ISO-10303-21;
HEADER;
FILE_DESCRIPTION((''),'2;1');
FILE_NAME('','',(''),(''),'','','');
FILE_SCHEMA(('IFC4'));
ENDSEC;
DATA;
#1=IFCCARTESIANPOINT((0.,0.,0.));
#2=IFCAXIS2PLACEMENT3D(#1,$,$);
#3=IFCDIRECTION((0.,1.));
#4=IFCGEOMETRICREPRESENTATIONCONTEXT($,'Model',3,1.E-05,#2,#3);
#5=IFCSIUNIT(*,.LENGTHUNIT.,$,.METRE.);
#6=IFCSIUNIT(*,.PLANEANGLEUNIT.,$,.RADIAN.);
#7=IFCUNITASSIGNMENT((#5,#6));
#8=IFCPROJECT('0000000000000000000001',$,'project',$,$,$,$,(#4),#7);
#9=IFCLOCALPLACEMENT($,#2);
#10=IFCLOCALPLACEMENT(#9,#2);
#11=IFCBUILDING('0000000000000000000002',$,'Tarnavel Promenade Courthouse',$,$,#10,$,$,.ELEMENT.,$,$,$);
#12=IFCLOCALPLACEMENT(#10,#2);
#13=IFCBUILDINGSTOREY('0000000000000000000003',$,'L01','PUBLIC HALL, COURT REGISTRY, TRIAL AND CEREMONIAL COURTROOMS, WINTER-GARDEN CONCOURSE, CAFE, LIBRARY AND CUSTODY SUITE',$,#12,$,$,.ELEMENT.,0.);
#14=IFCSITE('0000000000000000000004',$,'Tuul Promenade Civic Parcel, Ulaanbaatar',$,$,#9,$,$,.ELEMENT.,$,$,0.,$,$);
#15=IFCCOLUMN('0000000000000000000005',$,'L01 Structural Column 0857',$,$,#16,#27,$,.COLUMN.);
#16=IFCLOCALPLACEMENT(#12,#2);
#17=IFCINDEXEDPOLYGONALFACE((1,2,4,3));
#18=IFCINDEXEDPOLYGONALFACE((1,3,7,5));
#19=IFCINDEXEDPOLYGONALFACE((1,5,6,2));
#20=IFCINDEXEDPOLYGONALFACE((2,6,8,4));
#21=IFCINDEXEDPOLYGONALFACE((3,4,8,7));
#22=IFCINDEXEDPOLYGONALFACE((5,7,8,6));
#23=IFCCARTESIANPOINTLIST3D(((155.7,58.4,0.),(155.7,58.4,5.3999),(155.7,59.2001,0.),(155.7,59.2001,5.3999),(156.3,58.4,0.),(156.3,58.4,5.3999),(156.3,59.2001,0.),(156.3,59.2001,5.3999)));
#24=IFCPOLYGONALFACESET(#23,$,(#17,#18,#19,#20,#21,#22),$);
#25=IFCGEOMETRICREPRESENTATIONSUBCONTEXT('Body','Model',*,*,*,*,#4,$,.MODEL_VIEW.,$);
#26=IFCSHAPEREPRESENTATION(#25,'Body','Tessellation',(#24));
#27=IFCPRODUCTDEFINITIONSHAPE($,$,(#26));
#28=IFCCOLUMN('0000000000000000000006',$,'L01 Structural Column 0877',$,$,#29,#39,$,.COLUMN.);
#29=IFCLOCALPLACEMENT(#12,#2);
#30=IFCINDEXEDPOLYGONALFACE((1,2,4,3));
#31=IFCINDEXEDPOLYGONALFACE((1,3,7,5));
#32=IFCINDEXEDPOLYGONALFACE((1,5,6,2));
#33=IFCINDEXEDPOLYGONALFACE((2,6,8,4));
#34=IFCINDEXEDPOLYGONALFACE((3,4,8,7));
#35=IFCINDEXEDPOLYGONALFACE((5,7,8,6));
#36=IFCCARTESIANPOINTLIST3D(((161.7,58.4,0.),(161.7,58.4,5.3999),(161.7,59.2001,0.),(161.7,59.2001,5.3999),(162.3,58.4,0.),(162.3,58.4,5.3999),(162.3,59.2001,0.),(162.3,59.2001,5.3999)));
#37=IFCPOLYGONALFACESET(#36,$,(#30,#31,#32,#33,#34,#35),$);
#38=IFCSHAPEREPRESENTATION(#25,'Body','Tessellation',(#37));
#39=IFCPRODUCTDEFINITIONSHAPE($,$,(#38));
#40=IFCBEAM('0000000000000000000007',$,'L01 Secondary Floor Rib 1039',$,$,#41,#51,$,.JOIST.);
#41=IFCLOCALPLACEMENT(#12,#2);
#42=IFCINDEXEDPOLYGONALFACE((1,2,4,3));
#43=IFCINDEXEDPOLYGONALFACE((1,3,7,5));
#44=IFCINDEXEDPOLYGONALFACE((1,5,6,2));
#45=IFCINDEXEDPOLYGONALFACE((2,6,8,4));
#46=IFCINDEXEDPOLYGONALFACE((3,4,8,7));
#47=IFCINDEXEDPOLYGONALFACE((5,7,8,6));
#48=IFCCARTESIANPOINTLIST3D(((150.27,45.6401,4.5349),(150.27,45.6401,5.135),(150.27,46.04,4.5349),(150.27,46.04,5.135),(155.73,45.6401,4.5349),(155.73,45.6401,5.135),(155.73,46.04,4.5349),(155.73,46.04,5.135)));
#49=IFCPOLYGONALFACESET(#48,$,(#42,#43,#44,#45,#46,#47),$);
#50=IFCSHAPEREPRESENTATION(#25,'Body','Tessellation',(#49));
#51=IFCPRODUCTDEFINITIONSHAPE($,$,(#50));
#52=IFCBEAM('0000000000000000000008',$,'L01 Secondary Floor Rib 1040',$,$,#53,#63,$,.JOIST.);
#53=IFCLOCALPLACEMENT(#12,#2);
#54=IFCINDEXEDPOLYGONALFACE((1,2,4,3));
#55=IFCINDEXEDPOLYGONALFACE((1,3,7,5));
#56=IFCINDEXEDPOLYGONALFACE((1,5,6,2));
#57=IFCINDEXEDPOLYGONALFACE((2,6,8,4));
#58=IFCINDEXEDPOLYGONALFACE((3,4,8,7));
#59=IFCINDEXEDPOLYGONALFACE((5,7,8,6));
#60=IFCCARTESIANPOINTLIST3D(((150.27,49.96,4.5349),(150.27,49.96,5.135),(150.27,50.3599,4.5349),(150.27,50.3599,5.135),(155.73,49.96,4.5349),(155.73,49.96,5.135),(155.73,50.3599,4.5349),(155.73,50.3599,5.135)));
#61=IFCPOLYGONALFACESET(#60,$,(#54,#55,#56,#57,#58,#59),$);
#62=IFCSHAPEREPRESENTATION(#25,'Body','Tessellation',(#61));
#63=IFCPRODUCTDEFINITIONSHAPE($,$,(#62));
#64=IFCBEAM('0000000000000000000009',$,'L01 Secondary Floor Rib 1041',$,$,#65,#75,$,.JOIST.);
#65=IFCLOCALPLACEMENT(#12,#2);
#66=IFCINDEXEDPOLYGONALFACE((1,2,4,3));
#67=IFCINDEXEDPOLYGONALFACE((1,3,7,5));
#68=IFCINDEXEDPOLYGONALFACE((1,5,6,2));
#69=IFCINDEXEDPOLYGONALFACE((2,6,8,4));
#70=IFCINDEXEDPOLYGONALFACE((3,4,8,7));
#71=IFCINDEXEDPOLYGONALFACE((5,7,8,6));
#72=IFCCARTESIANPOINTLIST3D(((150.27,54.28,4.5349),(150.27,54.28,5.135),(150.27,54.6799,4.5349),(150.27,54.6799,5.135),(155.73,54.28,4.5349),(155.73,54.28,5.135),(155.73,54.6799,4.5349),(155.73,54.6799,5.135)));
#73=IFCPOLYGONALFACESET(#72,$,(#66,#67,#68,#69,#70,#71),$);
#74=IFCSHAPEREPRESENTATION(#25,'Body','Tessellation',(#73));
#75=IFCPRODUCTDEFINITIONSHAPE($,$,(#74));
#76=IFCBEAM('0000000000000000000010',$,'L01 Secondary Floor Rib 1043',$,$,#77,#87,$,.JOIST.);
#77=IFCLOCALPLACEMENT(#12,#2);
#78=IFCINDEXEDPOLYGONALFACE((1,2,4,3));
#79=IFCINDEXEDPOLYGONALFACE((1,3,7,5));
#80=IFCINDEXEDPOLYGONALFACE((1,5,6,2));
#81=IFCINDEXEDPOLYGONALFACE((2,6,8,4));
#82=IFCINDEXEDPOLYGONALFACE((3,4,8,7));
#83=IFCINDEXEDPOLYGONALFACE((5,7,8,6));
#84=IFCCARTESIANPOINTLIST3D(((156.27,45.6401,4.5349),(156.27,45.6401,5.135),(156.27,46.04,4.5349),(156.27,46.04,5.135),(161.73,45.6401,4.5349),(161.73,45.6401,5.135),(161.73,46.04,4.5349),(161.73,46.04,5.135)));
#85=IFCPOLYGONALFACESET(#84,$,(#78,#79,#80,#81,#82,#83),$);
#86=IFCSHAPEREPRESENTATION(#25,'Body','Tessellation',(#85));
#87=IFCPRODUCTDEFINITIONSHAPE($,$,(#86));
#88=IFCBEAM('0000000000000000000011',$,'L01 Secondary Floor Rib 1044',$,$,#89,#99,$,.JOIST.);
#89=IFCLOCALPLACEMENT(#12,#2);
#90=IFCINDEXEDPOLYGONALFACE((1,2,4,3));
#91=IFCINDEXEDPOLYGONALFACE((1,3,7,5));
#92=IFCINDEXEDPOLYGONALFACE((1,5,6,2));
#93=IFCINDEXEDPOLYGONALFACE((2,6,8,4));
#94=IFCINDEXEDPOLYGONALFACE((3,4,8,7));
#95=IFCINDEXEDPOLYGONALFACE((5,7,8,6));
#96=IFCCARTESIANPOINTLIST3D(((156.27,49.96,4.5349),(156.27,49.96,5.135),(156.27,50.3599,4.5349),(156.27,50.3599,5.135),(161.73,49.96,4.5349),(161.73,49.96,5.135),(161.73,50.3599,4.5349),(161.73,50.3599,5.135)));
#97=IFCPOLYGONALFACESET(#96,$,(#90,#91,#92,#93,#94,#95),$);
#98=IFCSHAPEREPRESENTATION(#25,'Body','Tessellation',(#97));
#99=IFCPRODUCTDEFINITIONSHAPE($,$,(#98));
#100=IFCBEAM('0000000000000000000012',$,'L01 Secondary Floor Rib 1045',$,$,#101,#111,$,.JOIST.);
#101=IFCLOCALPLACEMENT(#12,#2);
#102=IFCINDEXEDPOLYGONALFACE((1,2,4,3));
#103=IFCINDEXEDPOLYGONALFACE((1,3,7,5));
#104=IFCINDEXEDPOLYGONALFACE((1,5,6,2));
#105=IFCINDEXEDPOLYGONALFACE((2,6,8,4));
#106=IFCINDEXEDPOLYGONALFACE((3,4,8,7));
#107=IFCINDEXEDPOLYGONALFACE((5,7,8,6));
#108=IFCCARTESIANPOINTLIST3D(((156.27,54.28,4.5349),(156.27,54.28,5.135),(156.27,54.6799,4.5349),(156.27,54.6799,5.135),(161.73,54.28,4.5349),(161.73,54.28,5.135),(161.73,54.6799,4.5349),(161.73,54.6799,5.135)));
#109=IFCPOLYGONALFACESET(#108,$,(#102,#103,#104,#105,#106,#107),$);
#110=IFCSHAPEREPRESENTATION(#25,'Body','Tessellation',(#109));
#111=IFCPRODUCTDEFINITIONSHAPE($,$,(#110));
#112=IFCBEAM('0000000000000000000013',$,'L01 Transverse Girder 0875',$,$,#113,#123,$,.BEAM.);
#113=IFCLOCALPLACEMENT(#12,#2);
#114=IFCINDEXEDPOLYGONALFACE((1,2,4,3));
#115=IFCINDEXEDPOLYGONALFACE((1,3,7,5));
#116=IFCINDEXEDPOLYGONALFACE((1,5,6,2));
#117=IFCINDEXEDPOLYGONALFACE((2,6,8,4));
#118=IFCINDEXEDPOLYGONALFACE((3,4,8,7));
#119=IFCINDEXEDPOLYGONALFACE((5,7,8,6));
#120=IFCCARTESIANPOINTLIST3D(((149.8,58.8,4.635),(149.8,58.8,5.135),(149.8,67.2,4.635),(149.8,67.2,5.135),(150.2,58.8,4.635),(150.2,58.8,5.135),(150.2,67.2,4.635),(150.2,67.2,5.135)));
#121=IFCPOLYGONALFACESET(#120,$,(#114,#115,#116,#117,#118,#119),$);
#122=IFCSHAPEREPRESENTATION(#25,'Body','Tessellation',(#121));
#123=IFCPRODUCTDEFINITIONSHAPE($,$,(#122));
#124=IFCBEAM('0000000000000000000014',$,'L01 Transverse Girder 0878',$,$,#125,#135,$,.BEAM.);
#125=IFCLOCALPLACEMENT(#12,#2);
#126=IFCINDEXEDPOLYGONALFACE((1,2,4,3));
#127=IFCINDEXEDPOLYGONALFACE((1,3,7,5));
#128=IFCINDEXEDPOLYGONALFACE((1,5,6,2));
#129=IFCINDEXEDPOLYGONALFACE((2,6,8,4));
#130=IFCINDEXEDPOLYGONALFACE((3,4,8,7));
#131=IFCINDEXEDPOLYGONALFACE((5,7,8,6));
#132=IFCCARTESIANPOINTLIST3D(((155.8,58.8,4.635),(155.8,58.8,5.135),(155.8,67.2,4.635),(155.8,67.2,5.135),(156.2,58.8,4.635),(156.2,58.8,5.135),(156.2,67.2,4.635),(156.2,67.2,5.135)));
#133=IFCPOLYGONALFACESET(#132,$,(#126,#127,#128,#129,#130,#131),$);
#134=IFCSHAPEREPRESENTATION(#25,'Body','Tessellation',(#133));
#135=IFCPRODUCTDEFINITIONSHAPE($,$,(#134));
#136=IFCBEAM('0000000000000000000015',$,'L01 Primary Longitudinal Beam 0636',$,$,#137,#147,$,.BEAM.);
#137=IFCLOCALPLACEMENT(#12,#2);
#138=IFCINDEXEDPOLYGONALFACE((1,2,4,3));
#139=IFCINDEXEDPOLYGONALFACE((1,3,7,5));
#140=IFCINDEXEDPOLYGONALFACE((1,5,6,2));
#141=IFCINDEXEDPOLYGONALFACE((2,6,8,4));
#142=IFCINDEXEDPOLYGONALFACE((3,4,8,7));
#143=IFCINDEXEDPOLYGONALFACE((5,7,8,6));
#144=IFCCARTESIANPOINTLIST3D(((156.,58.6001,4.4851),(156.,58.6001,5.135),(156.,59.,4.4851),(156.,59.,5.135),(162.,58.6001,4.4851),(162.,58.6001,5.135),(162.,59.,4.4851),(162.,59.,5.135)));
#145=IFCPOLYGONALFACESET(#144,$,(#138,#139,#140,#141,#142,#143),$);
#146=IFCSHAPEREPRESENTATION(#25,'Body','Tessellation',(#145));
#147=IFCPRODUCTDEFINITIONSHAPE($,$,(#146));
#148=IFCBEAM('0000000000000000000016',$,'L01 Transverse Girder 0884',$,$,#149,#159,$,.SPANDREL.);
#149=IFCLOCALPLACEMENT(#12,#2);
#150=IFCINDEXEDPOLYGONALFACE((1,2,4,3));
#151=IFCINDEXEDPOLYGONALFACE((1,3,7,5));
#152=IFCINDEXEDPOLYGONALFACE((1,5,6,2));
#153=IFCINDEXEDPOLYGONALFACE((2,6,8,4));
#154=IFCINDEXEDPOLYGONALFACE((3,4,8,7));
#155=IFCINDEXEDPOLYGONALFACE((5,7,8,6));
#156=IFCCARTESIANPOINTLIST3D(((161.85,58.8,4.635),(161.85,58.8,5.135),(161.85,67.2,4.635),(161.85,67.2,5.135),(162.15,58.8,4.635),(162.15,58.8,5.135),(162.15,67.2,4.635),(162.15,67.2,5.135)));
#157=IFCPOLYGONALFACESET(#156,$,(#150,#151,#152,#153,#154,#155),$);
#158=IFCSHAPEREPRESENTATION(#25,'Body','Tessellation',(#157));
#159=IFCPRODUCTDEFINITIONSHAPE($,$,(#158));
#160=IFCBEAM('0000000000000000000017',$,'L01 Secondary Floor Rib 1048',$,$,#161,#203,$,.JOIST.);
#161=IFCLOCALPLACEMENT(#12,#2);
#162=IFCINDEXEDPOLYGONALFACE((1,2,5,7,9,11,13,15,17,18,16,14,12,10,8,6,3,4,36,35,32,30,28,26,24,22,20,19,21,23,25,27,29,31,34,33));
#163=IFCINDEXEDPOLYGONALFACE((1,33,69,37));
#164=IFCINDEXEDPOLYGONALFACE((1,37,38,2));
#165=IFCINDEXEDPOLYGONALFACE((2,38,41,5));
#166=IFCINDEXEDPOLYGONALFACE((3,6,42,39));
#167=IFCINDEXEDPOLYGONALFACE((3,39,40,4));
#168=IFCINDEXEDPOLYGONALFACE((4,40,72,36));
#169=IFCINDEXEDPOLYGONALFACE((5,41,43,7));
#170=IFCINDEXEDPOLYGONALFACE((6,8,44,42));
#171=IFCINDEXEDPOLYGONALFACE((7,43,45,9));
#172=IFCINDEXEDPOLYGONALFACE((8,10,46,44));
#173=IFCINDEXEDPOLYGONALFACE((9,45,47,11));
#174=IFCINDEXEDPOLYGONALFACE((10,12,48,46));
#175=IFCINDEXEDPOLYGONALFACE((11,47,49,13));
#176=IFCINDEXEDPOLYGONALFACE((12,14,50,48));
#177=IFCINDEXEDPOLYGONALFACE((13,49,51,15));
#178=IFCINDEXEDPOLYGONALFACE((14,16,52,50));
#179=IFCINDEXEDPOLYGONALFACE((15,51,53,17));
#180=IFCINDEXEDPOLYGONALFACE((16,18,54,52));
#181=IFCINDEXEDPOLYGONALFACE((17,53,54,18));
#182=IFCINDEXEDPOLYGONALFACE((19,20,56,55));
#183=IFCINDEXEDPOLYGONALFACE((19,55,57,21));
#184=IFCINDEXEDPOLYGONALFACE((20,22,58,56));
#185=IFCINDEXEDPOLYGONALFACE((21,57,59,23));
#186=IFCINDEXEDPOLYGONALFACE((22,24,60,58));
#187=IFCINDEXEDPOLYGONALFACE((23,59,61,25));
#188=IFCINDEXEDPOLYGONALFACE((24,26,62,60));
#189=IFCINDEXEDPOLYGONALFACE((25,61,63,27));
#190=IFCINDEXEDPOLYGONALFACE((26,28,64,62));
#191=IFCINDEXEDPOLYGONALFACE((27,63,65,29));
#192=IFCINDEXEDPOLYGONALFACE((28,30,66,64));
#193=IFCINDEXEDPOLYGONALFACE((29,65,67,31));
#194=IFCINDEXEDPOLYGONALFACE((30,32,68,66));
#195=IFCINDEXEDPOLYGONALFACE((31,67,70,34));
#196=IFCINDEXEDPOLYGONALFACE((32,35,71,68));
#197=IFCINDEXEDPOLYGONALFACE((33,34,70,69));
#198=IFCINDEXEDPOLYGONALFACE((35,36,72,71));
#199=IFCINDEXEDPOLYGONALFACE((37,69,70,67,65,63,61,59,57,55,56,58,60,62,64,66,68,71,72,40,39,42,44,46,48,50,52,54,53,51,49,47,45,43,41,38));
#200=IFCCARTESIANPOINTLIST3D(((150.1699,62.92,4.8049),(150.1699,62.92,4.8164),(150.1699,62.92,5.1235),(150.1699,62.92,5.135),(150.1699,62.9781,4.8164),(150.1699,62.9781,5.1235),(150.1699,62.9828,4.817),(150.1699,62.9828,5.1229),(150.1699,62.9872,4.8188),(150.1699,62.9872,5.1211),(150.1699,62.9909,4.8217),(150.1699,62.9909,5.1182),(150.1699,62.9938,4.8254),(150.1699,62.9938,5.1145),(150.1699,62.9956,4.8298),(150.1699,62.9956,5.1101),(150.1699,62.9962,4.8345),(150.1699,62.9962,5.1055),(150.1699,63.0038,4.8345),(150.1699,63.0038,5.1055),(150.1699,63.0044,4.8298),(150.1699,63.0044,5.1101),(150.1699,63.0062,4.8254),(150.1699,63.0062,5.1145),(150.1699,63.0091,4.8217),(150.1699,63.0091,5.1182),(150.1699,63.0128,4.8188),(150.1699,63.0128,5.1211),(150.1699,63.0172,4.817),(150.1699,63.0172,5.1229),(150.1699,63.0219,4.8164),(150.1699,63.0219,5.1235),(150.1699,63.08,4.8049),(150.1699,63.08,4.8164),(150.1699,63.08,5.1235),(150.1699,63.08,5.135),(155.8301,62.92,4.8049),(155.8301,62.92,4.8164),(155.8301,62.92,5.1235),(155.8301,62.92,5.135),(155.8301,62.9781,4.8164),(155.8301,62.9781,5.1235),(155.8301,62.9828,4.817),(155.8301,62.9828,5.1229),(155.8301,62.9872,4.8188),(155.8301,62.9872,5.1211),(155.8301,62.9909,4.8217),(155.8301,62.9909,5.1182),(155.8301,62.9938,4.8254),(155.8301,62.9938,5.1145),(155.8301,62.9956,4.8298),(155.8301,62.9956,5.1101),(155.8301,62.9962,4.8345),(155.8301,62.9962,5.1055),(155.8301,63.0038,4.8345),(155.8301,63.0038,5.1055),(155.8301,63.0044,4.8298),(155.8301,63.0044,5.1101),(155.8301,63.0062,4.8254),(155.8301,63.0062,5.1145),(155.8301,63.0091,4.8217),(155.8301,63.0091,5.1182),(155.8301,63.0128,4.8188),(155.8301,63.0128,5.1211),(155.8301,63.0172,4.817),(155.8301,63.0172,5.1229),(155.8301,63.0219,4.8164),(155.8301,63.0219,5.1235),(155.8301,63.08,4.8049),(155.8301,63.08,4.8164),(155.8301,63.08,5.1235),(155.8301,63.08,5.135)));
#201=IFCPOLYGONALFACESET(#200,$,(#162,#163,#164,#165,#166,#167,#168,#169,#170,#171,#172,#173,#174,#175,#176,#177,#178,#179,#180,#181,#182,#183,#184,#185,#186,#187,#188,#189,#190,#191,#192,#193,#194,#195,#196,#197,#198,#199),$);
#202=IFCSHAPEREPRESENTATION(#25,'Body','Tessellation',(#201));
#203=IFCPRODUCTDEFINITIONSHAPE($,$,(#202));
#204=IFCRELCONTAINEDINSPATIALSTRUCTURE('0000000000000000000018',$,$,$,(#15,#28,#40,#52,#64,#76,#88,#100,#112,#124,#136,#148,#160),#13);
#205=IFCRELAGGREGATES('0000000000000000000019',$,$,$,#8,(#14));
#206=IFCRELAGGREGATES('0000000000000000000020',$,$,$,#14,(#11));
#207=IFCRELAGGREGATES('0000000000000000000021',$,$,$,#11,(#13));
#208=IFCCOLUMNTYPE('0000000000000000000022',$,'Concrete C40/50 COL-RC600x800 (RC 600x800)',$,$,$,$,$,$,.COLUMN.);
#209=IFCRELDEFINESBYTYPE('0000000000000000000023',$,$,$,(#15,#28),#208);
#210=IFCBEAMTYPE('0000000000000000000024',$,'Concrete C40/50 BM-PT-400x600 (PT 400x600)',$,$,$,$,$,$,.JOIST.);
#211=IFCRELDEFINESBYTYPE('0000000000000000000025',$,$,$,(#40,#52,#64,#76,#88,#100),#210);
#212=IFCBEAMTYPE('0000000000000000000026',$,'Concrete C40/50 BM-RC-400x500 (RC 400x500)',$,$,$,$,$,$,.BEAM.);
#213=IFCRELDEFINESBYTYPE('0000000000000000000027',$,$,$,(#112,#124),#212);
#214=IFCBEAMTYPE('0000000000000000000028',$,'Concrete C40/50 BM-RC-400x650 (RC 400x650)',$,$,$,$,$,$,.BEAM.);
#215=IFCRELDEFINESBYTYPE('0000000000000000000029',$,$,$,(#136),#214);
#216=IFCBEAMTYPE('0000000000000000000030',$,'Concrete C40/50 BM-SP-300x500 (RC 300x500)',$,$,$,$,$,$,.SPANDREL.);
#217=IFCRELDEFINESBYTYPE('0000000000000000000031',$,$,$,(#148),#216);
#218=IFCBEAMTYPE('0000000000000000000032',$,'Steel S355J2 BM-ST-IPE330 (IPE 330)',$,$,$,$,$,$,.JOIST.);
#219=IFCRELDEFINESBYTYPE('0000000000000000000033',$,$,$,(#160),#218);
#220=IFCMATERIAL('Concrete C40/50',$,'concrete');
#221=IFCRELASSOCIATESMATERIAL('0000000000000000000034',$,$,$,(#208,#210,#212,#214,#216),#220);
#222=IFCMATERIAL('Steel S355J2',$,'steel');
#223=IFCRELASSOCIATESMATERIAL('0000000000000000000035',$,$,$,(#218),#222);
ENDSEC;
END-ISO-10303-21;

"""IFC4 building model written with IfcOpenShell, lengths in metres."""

from ifc_helpers import new_model, si_unit, direction, frame, origin, origin_2d, place, context, subcontext, project, spatial, rectangle, i_section, extrude, material, material_profile, profile_set, type_object, element, save


model = new_model("IFC4")

# Units and contexts
model_context = context("Model", 3, precision=1e-05, world=origin(), true_north=direction((0.0, 1.0)))
body_context = subcontext(model_context, "Body", "Model", "MODEL_VIEW")
ifc_project = project(units=[si_unit("LENGTHUNIT", "METRE"), si_unit("PLANEANGLEUNIT", "RADIAN")], contexts=[model_context])

# Site, building, storey
site_placement = place(None, origin())
site = spatial("IfcSite", under=ifc_project, at=site_placement, Name="Tuul Promenade Civic Parcel, Ulaanbaatar", CompositionType="ELEMENT", RefElevation=0.0)
building_placement = place(site_placement, origin())
building = spatial("IfcBuilding", under=site, at=building_placement, Name="Tarnavel Promenade Courthouse", CompositionType="ELEMENT")
storey_placement = place(building_placement, origin())
storey = spatial("IfcBuildingStorey", under=building, at=storey_placement, Name="L01", Description="PUBLIC HALL, COURT REGISTRY, TRIAL AND CEREMONIAL COURTROOMS, WINTER-GARDEN CONCOURSE, CAFE, LIBRARY AND CUSTODY SUITE", CompositionType="ELEMENT", Elevation=0.0)

# Columns
ifc_material_1 = material(Name="Concrete C40/50", Category="concrete")
ifc_material_profile_1 = material_profile(ifc_material_1, rectangle(XDim=0.6001, YDim=0.8, at=origin_2d()), Name="RC 600x800")
ifc_profile_set_1 = profile_set([ifc_material_profile_1], Name="Concrete C40/50")
column_type = type_object("IfcColumnType", Name="Concrete C40/50 COL-RC600x800 (RC 600x800)", PredefinedType="COLUMN", material=ifc_profile_set_1)
for number, where, z_axis, x_axis, name in (
    (1, (156.0, 58.8, 0.0), (0.0, 0.0, 1.0), (1.0, 0.0, 0.0), "L01 Structural Column 0857"),
    (2, (162.0, 58.8, 0.0), (0.0, 0.0, 1.0), (1.0, 0.0, 0.0), "L01 Structural Column 0877"),
):
    element("IfcColumn", number, at=place(storey_placement, frame(where, z_axis=z_axis, x_axis=x_axis)), inside=storey, type_object=column_type, Name=name, PredefinedType="COLUMN", context=body_context, shape_type="SweptSolid", body=[
        extrude(rectangle(XDim=0.6001, YDim=0.8, at=origin_2d()), origin(), (0.0, 0.0, 1.0), 5.3999),
    ])

# Beams
ifc_material_profile_2 = material_profile(ifc_material_1, rectangle(XDim=0.3999, YDim=0.6001, at=origin_2d()), Name="PT 400x600")
ifc_profile_set_2 = profile_set([ifc_material_profile_2], Name="Concrete C40/50")
beam_type_1 = type_object("IfcBeamType", Name="Concrete C40/50 BM-PT-400x600 (PT 400x600)", PredefinedType="JOIST", material=ifc_profile_set_2)
for number, where, z_axis, x_axis, name in (
    (3, (150.27, 45.8401, 4.835), (1.0, 0.0, 0.0), (0.0, 1.0, 0.0), "L01 Secondary Floor Rib 1039"),
    (4, (150.27, 50.1599, 4.835), (1.0, 0.0, 0.0), (0.0, 1.0, 0.0), "L01 Secondary Floor Rib 1040"),
    (5, (150.27, 54.48, 4.835), (1.0, 0.0, 0.0), (0.0, 1.0, 0.0), "L01 Secondary Floor Rib 1041"),
    (6, (156.27, 45.8401, 4.835), (1.0, 0.0, 0.0), (0.0, 1.0, 0.0), "L01 Secondary Floor Rib 1043"),
    (7, (156.27, 50.1599, 4.835), (1.0, 0.0, 0.0), (0.0, 1.0, 0.0), "L01 Secondary Floor Rib 1044"),
    (8, (156.27, 54.48, 4.835), (1.0, 0.0, 0.0), (0.0, 1.0, 0.0), "L01 Secondary Floor Rib 1045"),
):
    element("IfcBeam", number, at=place(storey_placement, frame(where, z_axis=z_axis, x_axis=x_axis)), inside=storey, type_object=beam_type_1, Name=name, PredefinedType="JOIST", context=body_context, shape_type="SweptSolid", body=[
        extrude(rectangle(XDim=0.3999, YDim=0.6001, at=origin_2d()), origin(), (0.0, 0.0, 1.0), 5.46),
    ])
ifc_material_profile_3 = material_profile(ifc_material_1, rectangle(XDim=0.3999, YDim=0.5, at=origin_2d()), Name="RC 400x500")
ifc_profile_set_3 = profile_set([ifc_material_profile_3], Name="Concrete C40/50")
beam_type_2 = type_object("IfcBeamType", Name="Concrete C40/50 BM-RC-400x500 (RC 400x500)", PredefinedType="BEAM", material=ifc_profile_set_3)
for number, where, z_axis, x_axis, name in (
    (9, (150.0, 58.8, 4.885), (0.0, 1.0, 0.0), (-1.0, 0.0, 0.0), "L01 Transverse Girder 0875"),
    (10, (156.0, 58.8, 4.885), (0.0, 1.0, 0.0), (-1.0, 0.0, 0.0), "L01 Transverse Girder 0878"),
):
    element("IfcBeam", number, at=place(storey_placement, frame(where, z_axis=z_axis, x_axis=x_axis)), inside=storey, type_object=beam_type_2, Name=name, PredefinedType="BEAM", context=body_context, shape_type="SweptSolid", body=[
        extrude(rectangle(XDim=0.3999, YDim=0.5, at=origin_2d()), origin(), (0.0, 0.0, 1.0), 8.3999),
    ])
ifc_material_profile_4 = material_profile(ifc_material_1, rectangle(XDim=0.3999, YDim=0.6499, at=origin_2d()), Name="RC 400x650")
ifc_profile_set_4 = profile_set([ifc_material_profile_4], Name="Concrete C40/50")
beam_type_3 = type_object("IfcBeamType", Name="Concrete C40/50 BM-RC-400x650 (RC 400x650)", PredefinedType="BEAM", material=ifc_profile_set_4)
beam_1_placement = place(storey_placement, frame((156.0, 58.8, 4.8101), z_axis=(1.0, 0.0, 0.0), x_axis=(0.0, 1.0, 0.0)))
element("IfcBeam", 11, at=beam_1_placement, inside=storey, type_object=beam_type_3, Name="L01 Primary Longitudinal Beam 0636", PredefinedType="BEAM", context=body_context, shape_type="SweptSolid", body=[
    extrude(rectangle(XDim=0.3999, YDim=0.6499, at=origin_2d()), origin(), (0.0, 0.0, 1.0), 6.0),
])
ifc_material_profile_5 = material_profile(ifc_material_1, rectangle(XDim=0.3, YDim=0.5, at=origin_2d()), Name="RC 300x500")
ifc_profile_set_5 = profile_set([ifc_material_profile_5], Name="Concrete C40/50")
beam_type_4 = type_object("IfcBeamType", Name="Concrete C40/50 BM-SP-300x500 (RC 300x500)", PredefinedType="SPANDREL", material=ifc_profile_set_5)
beam_2_placement = place(storey_placement, frame((162.0, 58.8, 4.885), z_axis=(0.0, 1.0, 0.0), x_axis=(-1.0, 0.0, 0.0)))
element("IfcBeam", 12, at=beam_2_placement, inside=storey, type_object=beam_type_4, Name="L01 Transverse Girder 0884", PredefinedType="SPANDREL", context=body_context, shape_type="SweptSolid", body=[
    extrude(rectangle(XDim=0.3, YDim=0.5, at=origin_2d()), origin(), (0.0, 0.0, 1.0), 8.3999),
])
ifc_material_2 = material(Name="Steel S355J2", Category="steel")
ifc_material_profile_6 = material_profile(ifc_material_2, i_section(OverallWidth=0.1599, OverallDepth=0.3301, WebThickness=0.0076, FlangeThickness=0.0115, FilletRadius=0.0181, at=origin_2d()), Name="IPE 330")
ifc_profile_set_6 = profile_set([ifc_material_profile_6], Name="Steel S355J2")
beam_type_5 = type_object("IfcBeamType", Name="Steel S355J2 BM-ST-IPE330 (IPE 330)", PredefinedType="JOIST", material=ifc_profile_set_6)
beam_3_placement = place(storey_placement, frame((150.1699, 63.0, 4.97), z_axis=(1.0, 0.0, 0.0), x_axis=(0.0, 1.0, 0.0)))
element("IfcBeam", 13, at=beam_3_placement, inside=storey, type_object=beam_type_5, Name="L01 Secondary Floor Rib 1048", PredefinedType="JOIST", context=body_context, shape_type="SweptSolid", body=[
    extrude(i_section(OverallWidth=0.1599, OverallDepth=0.3301, WebThickness=0.0076, FlangeThickness=0.0115, FilletRadius=0.0181, at=origin_2d()), origin(), (0.0, 0.0, 1.0), 5.6602),
])

save(model, "model.ifc")
